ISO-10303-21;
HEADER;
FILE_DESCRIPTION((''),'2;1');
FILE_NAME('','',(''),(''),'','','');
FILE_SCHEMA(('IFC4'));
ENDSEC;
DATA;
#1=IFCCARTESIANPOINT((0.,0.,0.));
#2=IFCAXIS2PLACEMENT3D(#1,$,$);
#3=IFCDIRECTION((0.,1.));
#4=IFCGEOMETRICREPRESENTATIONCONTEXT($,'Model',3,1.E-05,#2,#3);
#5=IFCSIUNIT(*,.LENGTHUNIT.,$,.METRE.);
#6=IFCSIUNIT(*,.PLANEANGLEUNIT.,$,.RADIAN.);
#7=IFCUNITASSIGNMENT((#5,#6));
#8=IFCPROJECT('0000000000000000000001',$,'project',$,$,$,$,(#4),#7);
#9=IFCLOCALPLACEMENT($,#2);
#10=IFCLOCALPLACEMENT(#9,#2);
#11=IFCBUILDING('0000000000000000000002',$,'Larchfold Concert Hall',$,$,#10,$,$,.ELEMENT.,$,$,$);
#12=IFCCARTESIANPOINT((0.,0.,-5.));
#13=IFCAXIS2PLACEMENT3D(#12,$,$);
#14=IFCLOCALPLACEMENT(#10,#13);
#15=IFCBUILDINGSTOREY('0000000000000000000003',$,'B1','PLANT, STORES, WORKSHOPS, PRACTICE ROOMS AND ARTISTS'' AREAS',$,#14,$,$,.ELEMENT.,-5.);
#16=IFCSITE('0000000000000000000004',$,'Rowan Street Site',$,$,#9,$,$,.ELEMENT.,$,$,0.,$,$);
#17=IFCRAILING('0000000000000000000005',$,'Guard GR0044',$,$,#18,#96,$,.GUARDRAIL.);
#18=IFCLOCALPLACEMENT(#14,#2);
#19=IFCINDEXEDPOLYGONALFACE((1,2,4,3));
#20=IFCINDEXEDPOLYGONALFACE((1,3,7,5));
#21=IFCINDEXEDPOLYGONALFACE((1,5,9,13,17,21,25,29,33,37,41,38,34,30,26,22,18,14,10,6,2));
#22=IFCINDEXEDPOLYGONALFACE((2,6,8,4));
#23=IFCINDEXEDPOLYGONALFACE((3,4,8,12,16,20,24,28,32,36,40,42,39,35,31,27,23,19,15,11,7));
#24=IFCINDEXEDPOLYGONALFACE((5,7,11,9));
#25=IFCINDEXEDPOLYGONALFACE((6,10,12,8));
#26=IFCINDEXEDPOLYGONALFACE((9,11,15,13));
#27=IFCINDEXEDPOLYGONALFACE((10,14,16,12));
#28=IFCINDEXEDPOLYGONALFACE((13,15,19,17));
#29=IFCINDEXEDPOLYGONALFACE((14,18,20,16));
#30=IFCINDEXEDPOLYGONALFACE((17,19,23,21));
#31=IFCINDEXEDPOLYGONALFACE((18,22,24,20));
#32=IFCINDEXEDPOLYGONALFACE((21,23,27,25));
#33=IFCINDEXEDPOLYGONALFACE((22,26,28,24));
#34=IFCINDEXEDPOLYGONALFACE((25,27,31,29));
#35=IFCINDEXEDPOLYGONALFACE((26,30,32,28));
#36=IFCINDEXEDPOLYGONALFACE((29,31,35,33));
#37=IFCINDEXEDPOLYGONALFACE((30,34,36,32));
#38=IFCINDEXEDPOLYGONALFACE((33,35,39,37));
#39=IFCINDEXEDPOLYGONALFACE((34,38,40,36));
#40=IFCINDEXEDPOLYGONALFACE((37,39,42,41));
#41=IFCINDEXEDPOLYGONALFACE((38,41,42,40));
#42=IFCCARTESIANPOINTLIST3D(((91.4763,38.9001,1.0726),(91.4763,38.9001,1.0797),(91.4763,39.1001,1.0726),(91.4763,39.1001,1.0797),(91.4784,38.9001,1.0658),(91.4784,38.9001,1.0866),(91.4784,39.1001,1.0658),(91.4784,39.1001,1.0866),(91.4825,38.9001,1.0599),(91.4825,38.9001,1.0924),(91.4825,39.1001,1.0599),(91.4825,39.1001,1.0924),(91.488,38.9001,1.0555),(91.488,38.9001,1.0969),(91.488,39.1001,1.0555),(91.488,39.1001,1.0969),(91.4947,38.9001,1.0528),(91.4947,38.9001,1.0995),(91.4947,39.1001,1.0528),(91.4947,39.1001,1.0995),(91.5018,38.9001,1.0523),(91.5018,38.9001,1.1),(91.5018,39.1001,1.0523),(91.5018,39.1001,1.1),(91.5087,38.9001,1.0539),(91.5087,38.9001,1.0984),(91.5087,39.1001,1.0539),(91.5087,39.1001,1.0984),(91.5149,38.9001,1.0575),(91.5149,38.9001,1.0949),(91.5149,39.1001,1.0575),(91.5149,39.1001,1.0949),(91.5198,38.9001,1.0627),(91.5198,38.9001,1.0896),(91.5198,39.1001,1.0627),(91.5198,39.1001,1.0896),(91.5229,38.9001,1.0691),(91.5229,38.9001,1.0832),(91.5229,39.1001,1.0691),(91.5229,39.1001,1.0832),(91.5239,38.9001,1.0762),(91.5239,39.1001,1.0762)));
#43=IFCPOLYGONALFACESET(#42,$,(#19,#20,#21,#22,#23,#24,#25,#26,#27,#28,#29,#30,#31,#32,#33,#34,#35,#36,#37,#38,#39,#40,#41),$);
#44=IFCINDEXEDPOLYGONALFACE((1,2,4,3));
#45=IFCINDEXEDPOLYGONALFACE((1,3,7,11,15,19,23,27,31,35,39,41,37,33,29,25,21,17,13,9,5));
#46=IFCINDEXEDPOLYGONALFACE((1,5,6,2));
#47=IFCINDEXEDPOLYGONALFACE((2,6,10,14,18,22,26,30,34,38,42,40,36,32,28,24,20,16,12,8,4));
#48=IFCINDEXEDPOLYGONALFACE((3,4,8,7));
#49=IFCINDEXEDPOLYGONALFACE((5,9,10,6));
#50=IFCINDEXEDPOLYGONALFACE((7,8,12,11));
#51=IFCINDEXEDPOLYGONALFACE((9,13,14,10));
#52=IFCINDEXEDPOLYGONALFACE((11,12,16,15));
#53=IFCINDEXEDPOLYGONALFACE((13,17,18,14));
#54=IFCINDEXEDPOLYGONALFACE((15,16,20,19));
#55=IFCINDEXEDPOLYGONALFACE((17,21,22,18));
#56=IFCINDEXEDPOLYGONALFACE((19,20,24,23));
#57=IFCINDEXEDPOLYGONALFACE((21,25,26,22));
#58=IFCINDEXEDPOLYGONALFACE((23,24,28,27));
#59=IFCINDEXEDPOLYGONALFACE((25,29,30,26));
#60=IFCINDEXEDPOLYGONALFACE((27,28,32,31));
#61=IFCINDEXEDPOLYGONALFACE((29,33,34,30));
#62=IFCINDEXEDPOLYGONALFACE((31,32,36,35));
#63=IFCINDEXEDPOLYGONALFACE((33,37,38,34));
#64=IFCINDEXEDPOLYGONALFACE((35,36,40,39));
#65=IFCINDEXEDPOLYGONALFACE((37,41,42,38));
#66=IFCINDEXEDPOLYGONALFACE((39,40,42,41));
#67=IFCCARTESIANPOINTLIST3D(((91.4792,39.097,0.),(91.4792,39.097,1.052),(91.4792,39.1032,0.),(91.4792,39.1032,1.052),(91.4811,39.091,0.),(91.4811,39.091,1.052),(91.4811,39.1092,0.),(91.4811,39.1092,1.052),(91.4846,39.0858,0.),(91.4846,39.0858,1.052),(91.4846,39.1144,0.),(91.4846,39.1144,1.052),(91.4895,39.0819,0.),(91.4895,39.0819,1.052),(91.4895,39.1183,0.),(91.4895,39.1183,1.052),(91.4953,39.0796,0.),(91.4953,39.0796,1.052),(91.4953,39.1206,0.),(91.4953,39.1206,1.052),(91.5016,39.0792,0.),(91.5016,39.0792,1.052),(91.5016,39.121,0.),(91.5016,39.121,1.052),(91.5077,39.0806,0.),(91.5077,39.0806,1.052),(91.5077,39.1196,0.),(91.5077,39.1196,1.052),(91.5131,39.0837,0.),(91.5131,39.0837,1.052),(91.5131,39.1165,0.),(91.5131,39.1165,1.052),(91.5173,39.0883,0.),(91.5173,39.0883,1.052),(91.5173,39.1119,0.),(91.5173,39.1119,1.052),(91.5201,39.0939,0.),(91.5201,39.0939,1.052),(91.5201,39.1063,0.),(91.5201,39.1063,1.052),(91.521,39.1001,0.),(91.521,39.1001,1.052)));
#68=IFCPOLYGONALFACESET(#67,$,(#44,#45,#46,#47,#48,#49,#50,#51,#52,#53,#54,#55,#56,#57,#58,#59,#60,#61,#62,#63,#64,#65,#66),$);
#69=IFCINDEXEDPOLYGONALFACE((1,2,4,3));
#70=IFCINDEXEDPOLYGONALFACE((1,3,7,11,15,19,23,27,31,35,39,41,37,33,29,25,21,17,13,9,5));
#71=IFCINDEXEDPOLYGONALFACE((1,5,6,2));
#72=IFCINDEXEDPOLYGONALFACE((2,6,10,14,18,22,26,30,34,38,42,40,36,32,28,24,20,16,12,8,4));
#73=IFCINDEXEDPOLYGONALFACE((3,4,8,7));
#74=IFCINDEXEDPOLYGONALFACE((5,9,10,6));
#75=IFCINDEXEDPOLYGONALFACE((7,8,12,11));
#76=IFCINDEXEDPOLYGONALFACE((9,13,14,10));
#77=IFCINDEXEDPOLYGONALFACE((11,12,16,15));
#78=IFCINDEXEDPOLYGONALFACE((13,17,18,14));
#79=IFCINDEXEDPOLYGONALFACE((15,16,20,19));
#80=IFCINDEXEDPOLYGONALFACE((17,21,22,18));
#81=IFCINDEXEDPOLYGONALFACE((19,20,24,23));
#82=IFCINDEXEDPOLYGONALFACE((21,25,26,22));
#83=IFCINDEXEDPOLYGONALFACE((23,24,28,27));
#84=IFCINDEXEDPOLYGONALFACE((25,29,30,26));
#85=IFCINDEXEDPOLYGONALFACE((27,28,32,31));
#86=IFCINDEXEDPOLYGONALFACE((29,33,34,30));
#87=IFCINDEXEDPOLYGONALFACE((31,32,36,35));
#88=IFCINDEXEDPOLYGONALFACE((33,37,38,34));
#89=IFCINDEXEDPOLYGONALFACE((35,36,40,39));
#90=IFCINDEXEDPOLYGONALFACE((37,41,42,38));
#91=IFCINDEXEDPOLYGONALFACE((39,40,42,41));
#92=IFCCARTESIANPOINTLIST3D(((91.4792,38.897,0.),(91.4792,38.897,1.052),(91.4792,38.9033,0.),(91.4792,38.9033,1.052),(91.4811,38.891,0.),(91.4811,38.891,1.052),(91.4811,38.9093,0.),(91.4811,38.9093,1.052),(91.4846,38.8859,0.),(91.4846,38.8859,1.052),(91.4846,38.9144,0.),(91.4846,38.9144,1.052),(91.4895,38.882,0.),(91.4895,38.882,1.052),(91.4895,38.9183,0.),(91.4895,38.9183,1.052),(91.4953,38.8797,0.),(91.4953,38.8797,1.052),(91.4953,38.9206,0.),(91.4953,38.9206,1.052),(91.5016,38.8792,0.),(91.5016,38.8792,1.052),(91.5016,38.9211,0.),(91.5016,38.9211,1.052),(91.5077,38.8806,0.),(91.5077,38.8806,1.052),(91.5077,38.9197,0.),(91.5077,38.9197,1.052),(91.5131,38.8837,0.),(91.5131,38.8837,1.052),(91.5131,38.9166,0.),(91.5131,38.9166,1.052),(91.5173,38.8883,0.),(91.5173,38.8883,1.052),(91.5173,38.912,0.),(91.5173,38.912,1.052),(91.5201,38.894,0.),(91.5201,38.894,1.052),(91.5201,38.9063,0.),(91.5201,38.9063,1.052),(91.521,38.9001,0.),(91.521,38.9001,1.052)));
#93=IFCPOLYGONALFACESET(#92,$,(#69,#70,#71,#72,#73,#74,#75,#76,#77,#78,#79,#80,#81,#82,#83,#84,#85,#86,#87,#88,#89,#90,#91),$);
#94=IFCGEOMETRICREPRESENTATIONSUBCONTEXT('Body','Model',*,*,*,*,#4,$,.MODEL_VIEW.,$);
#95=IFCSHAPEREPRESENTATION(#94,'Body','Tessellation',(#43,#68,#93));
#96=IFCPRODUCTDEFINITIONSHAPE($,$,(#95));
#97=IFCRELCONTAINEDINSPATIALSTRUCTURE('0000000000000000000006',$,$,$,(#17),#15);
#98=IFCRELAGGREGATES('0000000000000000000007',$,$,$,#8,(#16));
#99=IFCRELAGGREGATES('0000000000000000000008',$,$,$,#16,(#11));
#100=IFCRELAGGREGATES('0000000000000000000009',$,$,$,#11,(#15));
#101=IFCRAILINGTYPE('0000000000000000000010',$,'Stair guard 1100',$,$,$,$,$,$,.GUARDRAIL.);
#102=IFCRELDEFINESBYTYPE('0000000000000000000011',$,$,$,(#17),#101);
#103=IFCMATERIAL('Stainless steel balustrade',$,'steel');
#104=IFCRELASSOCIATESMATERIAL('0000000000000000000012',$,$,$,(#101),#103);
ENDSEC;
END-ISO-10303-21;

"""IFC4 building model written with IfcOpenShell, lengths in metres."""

from ifc_helpers import new_model, si_unit, direction, frame, origin, origin_2d, place, context, subcontext, project, spatial, circle, extrude, material, type_object, element, save


model = new_model("IFC4")

# Units and contexts
model_context = context("Model", 3, precision=1e-05, world=origin(), true_north=direction((0.0, 1.0)))
body_context = subcontext(model_context, "Body", "Model", "MODEL_VIEW")
ifc_project = project(units=[si_unit("LENGTHUNIT", "METRE"), si_unit("PLANEANGLEUNIT", "RADIAN")], contexts=[model_context])

# Site, building, storey
site_placement = place(None, origin())
site = spatial("IfcSite", under=ifc_project, at=site_placement, Name="Rowan Street Site", CompositionType="ELEMENT", RefElevation=0.0)
building_placement = place(site_placement, origin())
building = spatial("IfcBuilding", under=site, at=building_placement, Name="Larchfold Concert Hall", CompositionType="ELEMENT")
storey_placement = place(building_placement, frame((0.0, 0.0, -5.0)))
storey = spatial("IfcBuildingStorey", under=building, at=storey_placement, Name="B1", Description="PLANT, STORES, WORKSHOPS, PRACTICE ROOMS AND ARTISTS' AREAS", CompositionType="ELEMENT", Elevation=-5.0)

# Railing
ifc_material_1 = material(Name="Stainless steel balustrade", Category="steel")
railing_type_1 = type_object("IfcRailingType", Name="Stair guard 1100", PredefinedType="GUARDRAIL", material=ifc_material_1)
railing_1_placement = place(storey_placement, frame((91.5, 39.1001, 0.0)))
element("IfcRailing", 1, at=railing_1_placement, inside=storey, type_object=railing_type_1, Name="Guard GR0044", PredefinedType="GUARDRAIL", context=body_context, shape_type="SweptSolid", body=[
    extrude(circle(Radius=0.0239, at=origin_2d()), frame((0.0, 0.0, 1.0762), z_axis=(0.0, -1.0, 0.0), x_axis=(1.0, 0.0, 0.0)), (0.0, 0.0, 1.0), 0.2),
    extrude(circle(Radius=0.021, at=origin_2d()), origin(), (0.0, 0.0, 1.0), 1.052),
    extrude(circle(Radius=0.021, at=origin_2d()), frame((0.0, -0.2, 0.0)), (0.0, 0.0, 1.0), 1.052),
])

save(model, "model.ifc")
